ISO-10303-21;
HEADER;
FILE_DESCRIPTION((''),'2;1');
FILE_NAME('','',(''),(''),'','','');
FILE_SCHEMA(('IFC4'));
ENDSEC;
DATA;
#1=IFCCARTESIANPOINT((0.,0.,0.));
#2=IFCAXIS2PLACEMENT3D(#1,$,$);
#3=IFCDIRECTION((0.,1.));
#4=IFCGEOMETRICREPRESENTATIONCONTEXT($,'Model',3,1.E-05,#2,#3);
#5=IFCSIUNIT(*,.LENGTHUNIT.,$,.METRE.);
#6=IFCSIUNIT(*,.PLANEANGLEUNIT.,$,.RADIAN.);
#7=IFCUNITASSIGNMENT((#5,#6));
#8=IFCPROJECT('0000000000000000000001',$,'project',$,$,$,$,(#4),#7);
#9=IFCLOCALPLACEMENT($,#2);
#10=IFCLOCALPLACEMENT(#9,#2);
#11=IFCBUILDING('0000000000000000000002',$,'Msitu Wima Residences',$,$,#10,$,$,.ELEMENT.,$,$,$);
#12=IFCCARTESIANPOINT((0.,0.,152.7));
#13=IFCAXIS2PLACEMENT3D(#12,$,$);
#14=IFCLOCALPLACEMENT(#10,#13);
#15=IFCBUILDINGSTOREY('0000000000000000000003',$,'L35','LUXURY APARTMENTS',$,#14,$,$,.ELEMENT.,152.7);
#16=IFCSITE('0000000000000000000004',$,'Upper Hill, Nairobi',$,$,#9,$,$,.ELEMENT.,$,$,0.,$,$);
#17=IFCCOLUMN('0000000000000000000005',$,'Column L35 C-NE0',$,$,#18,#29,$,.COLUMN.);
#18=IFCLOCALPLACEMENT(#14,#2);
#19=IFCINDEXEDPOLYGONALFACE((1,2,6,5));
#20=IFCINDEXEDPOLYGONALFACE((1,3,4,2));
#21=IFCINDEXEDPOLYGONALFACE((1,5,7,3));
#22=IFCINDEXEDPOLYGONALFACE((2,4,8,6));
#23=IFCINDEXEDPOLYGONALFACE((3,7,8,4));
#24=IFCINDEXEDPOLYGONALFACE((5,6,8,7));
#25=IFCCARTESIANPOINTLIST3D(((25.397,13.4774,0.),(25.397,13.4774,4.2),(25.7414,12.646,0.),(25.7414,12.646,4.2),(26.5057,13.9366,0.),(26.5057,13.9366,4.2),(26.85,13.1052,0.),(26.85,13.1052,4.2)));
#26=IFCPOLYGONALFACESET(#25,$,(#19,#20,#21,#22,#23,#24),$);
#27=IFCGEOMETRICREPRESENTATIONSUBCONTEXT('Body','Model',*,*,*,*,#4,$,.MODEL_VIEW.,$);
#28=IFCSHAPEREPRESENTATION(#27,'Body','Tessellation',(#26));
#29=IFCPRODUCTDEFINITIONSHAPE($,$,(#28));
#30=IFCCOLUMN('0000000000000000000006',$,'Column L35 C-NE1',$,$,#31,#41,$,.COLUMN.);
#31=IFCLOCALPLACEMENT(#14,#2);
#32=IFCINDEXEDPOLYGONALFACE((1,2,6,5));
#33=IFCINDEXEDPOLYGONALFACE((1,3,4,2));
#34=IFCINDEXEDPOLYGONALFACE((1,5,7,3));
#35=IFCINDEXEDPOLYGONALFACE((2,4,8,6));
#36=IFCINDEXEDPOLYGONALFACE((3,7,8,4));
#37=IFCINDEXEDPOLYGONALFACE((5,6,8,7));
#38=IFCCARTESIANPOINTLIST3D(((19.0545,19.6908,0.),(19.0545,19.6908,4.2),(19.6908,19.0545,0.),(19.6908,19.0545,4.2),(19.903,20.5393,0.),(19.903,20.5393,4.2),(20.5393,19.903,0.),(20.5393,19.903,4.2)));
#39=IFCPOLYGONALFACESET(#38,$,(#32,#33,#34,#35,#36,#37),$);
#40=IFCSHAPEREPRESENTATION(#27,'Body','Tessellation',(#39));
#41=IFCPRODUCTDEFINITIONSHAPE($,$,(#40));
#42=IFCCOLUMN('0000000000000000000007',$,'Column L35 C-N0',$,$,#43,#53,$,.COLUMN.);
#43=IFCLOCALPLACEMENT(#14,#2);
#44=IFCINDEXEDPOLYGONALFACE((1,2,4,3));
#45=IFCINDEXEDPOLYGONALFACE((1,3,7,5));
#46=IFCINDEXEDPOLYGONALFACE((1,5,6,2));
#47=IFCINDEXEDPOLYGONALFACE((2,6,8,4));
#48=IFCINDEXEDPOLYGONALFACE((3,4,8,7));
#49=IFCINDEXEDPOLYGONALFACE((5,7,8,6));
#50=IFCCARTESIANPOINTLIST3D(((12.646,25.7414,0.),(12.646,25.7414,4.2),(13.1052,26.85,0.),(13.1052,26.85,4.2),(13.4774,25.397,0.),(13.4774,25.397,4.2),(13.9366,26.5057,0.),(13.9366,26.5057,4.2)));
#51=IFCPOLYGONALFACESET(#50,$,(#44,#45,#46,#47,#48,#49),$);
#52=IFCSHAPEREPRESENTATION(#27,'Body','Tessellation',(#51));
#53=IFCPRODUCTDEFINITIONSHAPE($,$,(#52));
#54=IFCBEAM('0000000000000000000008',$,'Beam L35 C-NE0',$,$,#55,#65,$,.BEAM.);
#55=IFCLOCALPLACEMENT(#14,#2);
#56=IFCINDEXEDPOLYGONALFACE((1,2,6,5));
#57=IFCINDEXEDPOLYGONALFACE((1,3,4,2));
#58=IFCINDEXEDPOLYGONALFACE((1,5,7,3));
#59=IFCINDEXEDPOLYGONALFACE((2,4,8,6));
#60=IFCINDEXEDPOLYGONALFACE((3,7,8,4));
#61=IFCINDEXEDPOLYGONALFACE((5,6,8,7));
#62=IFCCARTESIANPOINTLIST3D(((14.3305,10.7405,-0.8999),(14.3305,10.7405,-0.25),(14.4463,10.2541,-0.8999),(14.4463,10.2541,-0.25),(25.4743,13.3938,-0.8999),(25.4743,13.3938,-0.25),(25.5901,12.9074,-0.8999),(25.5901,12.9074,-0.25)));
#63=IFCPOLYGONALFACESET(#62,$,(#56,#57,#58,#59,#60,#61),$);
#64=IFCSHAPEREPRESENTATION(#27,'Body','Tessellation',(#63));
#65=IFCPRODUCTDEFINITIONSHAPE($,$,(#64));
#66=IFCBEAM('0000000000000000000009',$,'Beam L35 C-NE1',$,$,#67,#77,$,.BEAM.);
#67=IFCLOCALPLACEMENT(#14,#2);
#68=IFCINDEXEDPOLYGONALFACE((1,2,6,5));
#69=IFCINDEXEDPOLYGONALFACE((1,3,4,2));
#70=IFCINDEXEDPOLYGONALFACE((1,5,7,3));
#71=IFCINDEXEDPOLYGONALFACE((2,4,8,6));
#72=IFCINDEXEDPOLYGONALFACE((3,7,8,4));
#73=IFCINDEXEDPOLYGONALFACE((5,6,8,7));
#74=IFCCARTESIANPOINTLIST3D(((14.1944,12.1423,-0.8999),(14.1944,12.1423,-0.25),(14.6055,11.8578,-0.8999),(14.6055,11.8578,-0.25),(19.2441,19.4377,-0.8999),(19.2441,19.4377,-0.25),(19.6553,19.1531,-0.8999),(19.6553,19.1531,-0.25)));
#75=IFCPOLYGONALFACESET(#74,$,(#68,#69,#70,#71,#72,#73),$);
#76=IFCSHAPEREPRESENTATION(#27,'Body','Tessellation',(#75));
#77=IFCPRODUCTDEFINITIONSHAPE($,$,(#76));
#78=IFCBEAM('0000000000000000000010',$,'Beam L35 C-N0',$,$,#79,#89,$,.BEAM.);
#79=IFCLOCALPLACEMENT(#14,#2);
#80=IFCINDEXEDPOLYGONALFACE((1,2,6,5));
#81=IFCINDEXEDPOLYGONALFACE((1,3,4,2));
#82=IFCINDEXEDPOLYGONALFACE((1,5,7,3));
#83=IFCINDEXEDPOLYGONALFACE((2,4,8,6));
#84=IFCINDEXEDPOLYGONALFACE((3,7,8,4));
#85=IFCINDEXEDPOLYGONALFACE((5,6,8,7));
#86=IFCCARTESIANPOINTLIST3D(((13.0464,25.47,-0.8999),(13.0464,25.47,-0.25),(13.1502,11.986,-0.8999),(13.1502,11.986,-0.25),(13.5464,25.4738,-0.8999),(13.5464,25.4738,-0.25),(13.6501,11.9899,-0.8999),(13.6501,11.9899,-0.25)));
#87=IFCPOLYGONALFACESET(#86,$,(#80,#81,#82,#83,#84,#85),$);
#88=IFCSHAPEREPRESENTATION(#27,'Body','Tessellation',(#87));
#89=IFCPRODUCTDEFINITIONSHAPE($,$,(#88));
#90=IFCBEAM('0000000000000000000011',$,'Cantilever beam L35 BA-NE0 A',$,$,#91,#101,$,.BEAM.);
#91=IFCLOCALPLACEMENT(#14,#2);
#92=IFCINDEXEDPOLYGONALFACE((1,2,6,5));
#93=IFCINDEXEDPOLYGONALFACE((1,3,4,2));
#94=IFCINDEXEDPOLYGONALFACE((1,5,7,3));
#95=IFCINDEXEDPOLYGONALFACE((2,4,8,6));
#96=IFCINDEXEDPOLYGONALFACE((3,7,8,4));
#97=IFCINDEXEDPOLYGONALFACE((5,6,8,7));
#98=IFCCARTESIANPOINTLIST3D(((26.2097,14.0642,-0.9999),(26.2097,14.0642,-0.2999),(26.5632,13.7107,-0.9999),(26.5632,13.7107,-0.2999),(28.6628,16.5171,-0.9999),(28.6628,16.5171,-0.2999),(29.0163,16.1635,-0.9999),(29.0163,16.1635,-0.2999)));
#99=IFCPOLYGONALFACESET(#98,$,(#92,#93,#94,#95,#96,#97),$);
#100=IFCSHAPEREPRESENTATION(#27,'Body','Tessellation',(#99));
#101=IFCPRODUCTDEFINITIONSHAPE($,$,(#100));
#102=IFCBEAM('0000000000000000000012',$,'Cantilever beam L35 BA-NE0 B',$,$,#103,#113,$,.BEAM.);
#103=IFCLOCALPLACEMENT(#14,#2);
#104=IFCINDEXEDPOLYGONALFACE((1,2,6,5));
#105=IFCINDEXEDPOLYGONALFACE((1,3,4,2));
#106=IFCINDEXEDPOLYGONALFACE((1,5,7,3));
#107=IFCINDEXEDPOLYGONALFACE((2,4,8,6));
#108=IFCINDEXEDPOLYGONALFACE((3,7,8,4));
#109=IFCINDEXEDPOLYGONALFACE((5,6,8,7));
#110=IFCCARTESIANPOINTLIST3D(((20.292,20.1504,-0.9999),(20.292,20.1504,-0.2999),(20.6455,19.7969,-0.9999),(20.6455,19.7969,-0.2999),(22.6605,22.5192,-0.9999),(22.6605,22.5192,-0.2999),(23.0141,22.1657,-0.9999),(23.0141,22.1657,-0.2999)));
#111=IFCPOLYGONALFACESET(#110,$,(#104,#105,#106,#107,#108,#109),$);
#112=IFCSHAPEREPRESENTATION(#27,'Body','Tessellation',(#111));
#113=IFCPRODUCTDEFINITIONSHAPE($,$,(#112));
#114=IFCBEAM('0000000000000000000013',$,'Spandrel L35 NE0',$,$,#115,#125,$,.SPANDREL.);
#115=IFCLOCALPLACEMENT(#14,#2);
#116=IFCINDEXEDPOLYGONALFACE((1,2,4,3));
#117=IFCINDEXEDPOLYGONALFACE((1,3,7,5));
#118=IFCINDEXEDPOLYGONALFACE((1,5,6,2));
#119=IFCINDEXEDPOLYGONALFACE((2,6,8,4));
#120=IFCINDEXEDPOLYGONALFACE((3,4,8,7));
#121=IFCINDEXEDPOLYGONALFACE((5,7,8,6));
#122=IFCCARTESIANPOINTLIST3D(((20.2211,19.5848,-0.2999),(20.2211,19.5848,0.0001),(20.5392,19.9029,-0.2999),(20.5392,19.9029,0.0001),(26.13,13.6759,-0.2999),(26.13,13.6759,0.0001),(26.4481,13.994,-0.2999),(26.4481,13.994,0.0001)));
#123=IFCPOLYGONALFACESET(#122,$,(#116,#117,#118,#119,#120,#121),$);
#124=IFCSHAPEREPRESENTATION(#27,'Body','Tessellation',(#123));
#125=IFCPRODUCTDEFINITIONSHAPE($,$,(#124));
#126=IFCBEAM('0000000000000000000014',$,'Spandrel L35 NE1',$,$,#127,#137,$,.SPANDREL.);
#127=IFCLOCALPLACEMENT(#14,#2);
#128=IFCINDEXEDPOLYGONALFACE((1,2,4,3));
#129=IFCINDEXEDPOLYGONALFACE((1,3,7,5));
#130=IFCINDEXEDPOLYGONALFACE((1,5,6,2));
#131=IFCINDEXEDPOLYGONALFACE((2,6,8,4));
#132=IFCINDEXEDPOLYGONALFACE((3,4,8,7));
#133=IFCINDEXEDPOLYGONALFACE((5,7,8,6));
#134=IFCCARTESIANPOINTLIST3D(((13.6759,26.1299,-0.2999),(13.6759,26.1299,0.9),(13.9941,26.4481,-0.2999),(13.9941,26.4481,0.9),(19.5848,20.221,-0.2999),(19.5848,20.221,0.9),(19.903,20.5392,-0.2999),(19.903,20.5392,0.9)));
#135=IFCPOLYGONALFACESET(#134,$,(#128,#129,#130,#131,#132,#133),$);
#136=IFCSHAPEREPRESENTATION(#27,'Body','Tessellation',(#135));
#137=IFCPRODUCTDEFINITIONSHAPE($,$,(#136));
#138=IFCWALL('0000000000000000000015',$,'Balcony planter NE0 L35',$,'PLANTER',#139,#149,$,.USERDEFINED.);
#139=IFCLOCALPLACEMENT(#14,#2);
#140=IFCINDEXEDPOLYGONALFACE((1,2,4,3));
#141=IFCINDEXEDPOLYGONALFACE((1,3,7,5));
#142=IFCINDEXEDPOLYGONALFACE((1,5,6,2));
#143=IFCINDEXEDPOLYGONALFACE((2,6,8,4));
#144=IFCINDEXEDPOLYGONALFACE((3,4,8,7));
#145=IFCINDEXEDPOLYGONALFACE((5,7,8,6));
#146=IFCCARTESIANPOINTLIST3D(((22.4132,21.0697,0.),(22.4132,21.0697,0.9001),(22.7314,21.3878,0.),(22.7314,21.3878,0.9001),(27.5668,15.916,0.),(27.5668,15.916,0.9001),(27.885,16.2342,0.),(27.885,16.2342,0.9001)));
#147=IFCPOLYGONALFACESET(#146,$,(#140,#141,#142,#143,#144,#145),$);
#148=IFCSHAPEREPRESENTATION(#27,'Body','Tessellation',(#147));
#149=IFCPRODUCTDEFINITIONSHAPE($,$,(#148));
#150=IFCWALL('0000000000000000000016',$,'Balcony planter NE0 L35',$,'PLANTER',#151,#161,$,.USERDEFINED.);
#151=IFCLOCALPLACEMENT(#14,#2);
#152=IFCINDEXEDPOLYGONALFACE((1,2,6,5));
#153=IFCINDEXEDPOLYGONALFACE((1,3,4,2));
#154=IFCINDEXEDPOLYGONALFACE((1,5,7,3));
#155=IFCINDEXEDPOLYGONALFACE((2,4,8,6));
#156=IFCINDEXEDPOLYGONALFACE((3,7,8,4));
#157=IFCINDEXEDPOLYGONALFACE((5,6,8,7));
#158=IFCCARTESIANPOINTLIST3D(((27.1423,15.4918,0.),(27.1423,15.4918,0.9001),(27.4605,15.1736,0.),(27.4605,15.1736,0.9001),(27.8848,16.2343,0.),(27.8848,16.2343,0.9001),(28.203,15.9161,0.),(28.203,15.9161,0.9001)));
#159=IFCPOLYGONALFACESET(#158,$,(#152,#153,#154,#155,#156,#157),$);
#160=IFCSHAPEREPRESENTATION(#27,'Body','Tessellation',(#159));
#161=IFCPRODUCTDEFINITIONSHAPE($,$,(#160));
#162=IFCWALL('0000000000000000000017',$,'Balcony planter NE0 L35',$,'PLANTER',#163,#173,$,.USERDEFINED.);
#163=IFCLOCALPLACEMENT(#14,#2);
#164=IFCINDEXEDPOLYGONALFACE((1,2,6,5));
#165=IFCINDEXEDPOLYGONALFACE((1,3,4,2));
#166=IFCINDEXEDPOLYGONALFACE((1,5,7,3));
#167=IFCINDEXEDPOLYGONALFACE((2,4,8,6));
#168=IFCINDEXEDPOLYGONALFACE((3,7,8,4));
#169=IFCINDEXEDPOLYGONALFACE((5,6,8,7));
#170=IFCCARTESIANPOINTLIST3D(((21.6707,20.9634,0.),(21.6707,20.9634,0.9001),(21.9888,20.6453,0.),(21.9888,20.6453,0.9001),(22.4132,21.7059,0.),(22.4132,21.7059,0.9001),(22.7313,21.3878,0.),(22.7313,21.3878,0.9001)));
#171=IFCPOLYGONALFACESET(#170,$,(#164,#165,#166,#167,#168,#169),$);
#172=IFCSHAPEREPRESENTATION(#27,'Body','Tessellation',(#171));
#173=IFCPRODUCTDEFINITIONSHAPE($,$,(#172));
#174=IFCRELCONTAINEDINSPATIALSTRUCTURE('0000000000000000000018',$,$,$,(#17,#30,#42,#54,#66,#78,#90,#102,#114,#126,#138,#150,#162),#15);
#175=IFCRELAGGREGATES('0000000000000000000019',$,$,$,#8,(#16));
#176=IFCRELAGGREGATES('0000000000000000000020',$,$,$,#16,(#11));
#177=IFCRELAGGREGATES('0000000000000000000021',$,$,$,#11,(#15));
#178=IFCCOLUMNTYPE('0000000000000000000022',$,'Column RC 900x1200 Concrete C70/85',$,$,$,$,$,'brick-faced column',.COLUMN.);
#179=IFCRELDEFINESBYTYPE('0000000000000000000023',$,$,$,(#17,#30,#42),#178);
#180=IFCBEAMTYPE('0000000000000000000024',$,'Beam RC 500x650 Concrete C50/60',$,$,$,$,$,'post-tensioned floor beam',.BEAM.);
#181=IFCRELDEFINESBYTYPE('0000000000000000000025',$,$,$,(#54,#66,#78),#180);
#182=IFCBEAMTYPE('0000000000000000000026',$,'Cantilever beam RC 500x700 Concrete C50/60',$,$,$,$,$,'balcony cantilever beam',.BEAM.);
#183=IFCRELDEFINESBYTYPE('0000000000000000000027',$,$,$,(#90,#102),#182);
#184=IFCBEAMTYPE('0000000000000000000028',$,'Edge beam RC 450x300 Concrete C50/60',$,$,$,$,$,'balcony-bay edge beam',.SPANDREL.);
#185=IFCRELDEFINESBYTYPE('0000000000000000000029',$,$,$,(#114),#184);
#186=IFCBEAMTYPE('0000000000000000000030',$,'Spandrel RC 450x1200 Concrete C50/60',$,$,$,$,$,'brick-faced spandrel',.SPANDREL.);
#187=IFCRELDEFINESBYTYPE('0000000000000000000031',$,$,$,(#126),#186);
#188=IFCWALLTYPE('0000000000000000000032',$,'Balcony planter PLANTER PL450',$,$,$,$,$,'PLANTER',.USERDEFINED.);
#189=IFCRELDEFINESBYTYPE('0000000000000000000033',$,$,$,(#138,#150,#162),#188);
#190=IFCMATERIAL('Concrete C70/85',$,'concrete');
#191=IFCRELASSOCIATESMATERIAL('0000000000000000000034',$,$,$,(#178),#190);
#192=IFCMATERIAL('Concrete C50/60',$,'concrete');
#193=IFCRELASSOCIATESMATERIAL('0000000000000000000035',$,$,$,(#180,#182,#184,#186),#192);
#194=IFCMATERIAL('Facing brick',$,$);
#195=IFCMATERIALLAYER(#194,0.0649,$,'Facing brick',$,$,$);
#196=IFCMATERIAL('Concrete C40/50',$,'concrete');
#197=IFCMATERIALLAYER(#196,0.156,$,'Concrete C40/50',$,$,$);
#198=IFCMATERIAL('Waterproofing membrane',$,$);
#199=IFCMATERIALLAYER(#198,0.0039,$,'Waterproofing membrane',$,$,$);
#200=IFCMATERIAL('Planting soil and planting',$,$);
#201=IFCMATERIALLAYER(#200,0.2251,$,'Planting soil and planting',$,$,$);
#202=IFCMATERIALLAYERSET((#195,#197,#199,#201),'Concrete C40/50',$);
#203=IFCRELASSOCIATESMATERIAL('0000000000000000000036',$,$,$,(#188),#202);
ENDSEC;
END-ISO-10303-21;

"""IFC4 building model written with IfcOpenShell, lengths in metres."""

from ifc_helpers import new_model, si_unit, direction, frame, frame_2d, origin, origin_2d, place, context, subcontext, project, spatial, rectangle, extrude, material, layer, layer_set, material_profile, profile_set, type_object, element, save


model = new_model("IFC4")

# Units and contexts
model_context = context("Model", 3, precision=1e-05, world=origin(), true_north=direction((0.0, 1.0)))
body_context = subcontext(model_context, "Body", "Model", "MODEL_VIEW")
ifc_project = project(units=[si_unit("LENGTHUNIT", "METRE"), si_unit("PLANEANGLEUNIT", "RADIAN")], contexts=[model_context])

# Site, building, storey
site_placement = place(None, origin())
site = spatial("IfcSite", under=ifc_project, at=site_placement, Name="Upper Hill, Nairobi", CompositionType="ELEMENT", RefElevation=0.0)
building_placement = place(site_placement, origin())
building = spatial("IfcBuilding", under=site, at=building_placement, Name="Msitu Wima Residences", CompositionType="ELEMENT")
storey_placement = place(building_placement, frame((0.0, 0.0, 152.7)))
storey = spatial("IfcBuildingStorey", under=building, at=storey_placement, Name="L35", Description="LUXURY APARTMENTS", CompositionType="ELEMENT", Elevation=152.7)

# Columns
ifc_material_1 = material(Name="Concrete C70/85", Category="concrete")
ifc_material_profile_1 = material_profile(ifc_material_1, rectangle(XDim=0.8999, YDim=1.2, at=origin_2d()), Name="RC 900x1200")
ifc_profile_set_1 = profile_set([ifc_material_profile_1], Name="Concrete C70/85")
column_type = type_object("IfcColumnType", Name="Column RC 900x1200 Concrete C70/85", ElementType="brick-faced column", PredefinedType="COLUMN", material=ifc_profile_set_1)
for number, where, z_axis, x_axis, name in (
    (1, (26.1235, 13.2913, 0.0), (0.0, 0.0, 1.0), (-0.382683, 0.92388, 0.0), "Column L35 C-NE0"),
    (2, (19.7969, 19.7969, 0.0), (0.0, 0.0, 1.0), (-0.707107, 0.707107, 0.0), "Column L35 C-NE1"),
    (3, (13.2913, 26.1235, 0.0), (0.0, 0.0, 1.0), (-0.92388, 0.382683, 0.0), "Column L35 C-N0"),
):
    element("IfcColumn", number, at=place(storey_placement, frame(where, z_axis=z_axis, x_axis=x_axis)), inside=storey, type_object=column_type, Name=name, PredefinedType="COLUMN", context=body_context, shape_type="SweptSolid", body=[
        extrude(rectangle(XDim=0.8999, YDim=1.2, at=origin_2d()), origin(), (0.0, 0.0, 1.0), 4.2),
    ])

# Beams
ifc_material_2 = material(Name="Concrete C50/60", Category="concrete")
ifc_material_profile_2 = material_profile(ifc_material_2, rectangle(XDim=0.5, YDim=0.6499, at=origin_2d()), Name="RC 500x650")
ifc_profile_set_2 = profile_set([ifc_material_profile_2], Name="Concrete C50/60")
beam_type_1 = type_object("IfcBeamType", Name="Beam RC 500x650 Concrete C50/60", ElementType="post-tensioned floor beam", PredefinedType="BEAM", material=ifc_profile_set_2)
beam_1_placement = place(storey_placement, frame((25.5322, 13.1506, -0.575), z_axis=(-0.972806, -0.231623, 0.0), x_axis=(0.231623, -0.972806, 0.0)))
element("IfcBeam", 4, at=beam_1_placement, inside=storey, type_object=beam_type_1, Name="Beam L35 C-NE0", PredefinedType="BEAM", context=body_context, shape_type="SweptSolid", body=[
    extrude(rectangle(XDim=0.5, YDim=0.6499, at=origin_2d()), origin(), (0.0, 0.0, 1.0), 11.4553),
])
beam_2_placement = place(storey_placement, frame((19.4497, 19.2954, -0.575), z_axis=(-0.569144, -0.822238, 0.0), x_axis=(0.822238, -0.569144, 0.0)))
element("IfcBeam", 5, at=beam_2_placement, inside=storey, type_object=beam_type_1, Name="Beam L35 C-NE1", PredefinedType="BEAM", context=body_context, shape_type="SweptSolid", body=[
    extrude(rectangle(XDim=0.5, YDim=0.6499, at=origin_2d()), origin(), (0.0, 0.0, 1.0), 8.8726),
])
beam_3_placement = place(storey_placement, frame((13.2964, 25.4719, -0.575), z_axis=(0.007695, -0.99997, 0.0), x_axis=(0.99997, 0.007695, 0.0)))
element("IfcBeam", 6, at=beam_3_placement, inside=storey, type_object=beam_type_1, Name="Beam L35 C-N0", PredefinedType="BEAM", context=body_context, shape_type="SweptSolid", body=[
    extrude(rectangle(XDim=0.5, YDim=0.6499, at=origin_2d()), origin(), (0.0, 0.0, 1.0), 13.4844),
])
ifc_material_profile_3 = material_profile(ifc_material_2, rectangle(XDim=0.5, YDim=0.7, at=origin_2d()), Name="RC 500x700")
ifc_profile_set_3 = profile_set([ifc_material_profile_3], Name="Concrete C50/60")
beam_type_2 = type_object("IfcBeamType", Name="Cantilever beam RC 500x700 Concrete C50/60", ElementType="balcony cantilever beam", PredefinedType="BEAM", material=ifc_profile_set_3)
beam_4_placement = place(storey_placement, frame((26.3865, 13.8875, -0.6499), z_axis=(0.707142, 0.707072, 0.0), x_axis=(-0.707072, 0.707142, 0.0)))
element("IfcBeam", 7, at=beam_4_placement, inside=storey, type_object=beam_type_2, Name="Cantilever beam L35 BA-NE0 A", PredefinedType="BEAM", context=body_context, shape_type="SweptSolid", body=[
    extrude(rectangle(XDim=0.5, YDim=0.7, at=origin_2d()), origin(), (0.0, 0.0, 1.0), 3.469),
])
beam_5_placement = place(storey_placement, frame((20.4688, 19.9736, -0.6499), z_axis=(0.70707, 0.707143, 0.0), x_axis=(-0.707143, 0.70707, 0.0)))
element("IfcBeam", 8, at=beam_5_placement, inside=storey, type_object=beam_type_2, Name="Cantilever beam L35 BA-NE0 B", PredefinedType="BEAM", context=body_context, shape_type="SweptSolid", body=[
    extrude(rectangle(XDim=0.5, YDim=0.7, at=origin_2d()), origin(), (0.0, 0.0, 1.0), 3.3499),
])
ifc_material_profile_4 = material_profile(ifc_material_2, rectangle(XDim=0.45, YDim=0.3, at=origin_2d()), Name="RC 450x300")
ifc_profile_set_4 = profile_set([ifc_material_profile_4], Name="Concrete C50/60")
beam_type_3 = type_object("IfcBeamType", Name="Edge beam RC 450x300 Concrete C50/60", ElementType="balcony-bay edge beam", PredefinedType="SPANDREL", material=ifc_profile_set_4)
beam_6_placement = place(storey_placement, frame((26.2891, 13.835, -0.1499), z_axis=(-0.707107, 0.707107, 0.0), x_axis=(-0.707107, -0.707107, 0.0)))
element("IfcBeam", 9, at=beam_6_placement, inside=storey, type_object=beam_type_3, Name="Spandrel L35 NE0", PredefinedType="SPANDREL", context=body_context, shape_type="SweptSolid", body=[
    extrude(rectangle(XDim=0.45, YDim=0.3, at=origin_2d()), origin(), (0.0, 0.0, 1.0), 8.3564),
])
ifc_material_profile_5 = material_profile(ifc_material_2, rectangle(XDim=0.45, YDim=1.2, at=origin_2d()), Name="RC 450x1200")
ifc_profile_set_5 = profile_set([ifc_material_profile_5], Name="Concrete C50/60")
beam_type_4 = type_object("IfcBeamType", Name="Spandrel RC 450x1200 Concrete C50/60", ElementType="brick-faced spandrel", PredefinedType="SPANDREL", material=ifc_profile_set_5)
beam_7_placement = place(storey_placement, frame((19.7439, 20.3801, 0.3), z_axis=(-0.707107, 0.707107, 0.0), x_axis=(-0.707107, -0.707107, 0.0)))
element("IfcBeam", 10, at=beam_7_placement, inside=storey, type_object=beam_type_4, Name="Spandrel L35 NE1", PredefinedType="SPANDREL", context=body_context, shape_type="SweptSolid", body=[
    extrude(rectangle(XDim=0.45, YDim=1.2, at=origin_2d()), origin(), (0.0, 0.0, 1.0), 8.3564),
])

# Walls
ifc_material_3 = material(Name="Facing brick")
ifc_layer_1 = layer(ifc_material_3, 0.0649, Name="Facing brick")
ifc_material_4 = material(Name="Concrete C40/50", Category="concrete")
ifc_layer_2 = layer(ifc_material_4, 0.156, Name="Concrete C40/50")
ifc_material_5 = material(Name="Waterproofing membrane")
ifc_layer_3 = layer(ifc_material_5, 0.0039, Name="Waterproofing membrane")
ifc_material_6 = material(Name="Planting soil and planting")
ifc_layer_4 = layer(ifc_material_6, 0.2251, Name="Planting soil and planting")
ifc_layer_set_1 = layer_set([ifc_layer_1, ifc_layer_2, ifc_layer_3, ifc_layer_4], Name="Concrete C40/50")
wall_type_1 = type_object("IfcWallType", Name="Balcony planter PLANTER PL450", ElementType="PLANTER", PredefinedType="USERDEFINED", material=ifc_layer_set_1)
wall_1_placement = place(storey_placement, frame((27.7258, 16.0752, 0.0), z_axis=(0.0, 0.0, 1.0), x_axis=(-0.707107, 0.707107, 0.0)))
element("IfcWall", 11, at=wall_1_placement, inside=storey, type_object=wall_type_1, Name="Balcony planter NE0 L35", ObjectType="PLANTER", PredefinedType="USERDEFINED", context=body_context, shape_type="SweptSolid", body=[
    extrude(rectangle(XDim=7.2883, YDim=0.45, at=frame_2d((3.644, 0.0))), origin(), (0.0, 0.0, 1.0), 0.9001),
])
for number, where, z_axis, x_axis, name in (
    (12, (27.3015, 15.3328, 0.0), (0.0, 0.0, 1.0), (0.707107, 0.707107, 0.0), "Balcony planter NE0 L35"),
    (13, (21.8298, 20.8044, 0.0), (0.0, 0.0, 1.0), (0.707107, 0.707107, 0.0), "Balcony planter NE0 L35"),
):
    element("IfcWall", number, at=place(storey_placement, frame(where, z_axis=z_axis, x_axis=x_axis)), inside=storey, type_object=wall_type_1, Name=name, ObjectType="PLANTER", PredefinedType="USERDEFINED", context=body_context, shape_type="SweptSolid", body=[
        extrude(rectangle(XDim=1.05, YDim=0.45, at=frame_2d((0.5249, 0.0))), origin(), (0.0, 0.0, 1.0), 0.9001),
    ])

save(model, "model.ifc")
